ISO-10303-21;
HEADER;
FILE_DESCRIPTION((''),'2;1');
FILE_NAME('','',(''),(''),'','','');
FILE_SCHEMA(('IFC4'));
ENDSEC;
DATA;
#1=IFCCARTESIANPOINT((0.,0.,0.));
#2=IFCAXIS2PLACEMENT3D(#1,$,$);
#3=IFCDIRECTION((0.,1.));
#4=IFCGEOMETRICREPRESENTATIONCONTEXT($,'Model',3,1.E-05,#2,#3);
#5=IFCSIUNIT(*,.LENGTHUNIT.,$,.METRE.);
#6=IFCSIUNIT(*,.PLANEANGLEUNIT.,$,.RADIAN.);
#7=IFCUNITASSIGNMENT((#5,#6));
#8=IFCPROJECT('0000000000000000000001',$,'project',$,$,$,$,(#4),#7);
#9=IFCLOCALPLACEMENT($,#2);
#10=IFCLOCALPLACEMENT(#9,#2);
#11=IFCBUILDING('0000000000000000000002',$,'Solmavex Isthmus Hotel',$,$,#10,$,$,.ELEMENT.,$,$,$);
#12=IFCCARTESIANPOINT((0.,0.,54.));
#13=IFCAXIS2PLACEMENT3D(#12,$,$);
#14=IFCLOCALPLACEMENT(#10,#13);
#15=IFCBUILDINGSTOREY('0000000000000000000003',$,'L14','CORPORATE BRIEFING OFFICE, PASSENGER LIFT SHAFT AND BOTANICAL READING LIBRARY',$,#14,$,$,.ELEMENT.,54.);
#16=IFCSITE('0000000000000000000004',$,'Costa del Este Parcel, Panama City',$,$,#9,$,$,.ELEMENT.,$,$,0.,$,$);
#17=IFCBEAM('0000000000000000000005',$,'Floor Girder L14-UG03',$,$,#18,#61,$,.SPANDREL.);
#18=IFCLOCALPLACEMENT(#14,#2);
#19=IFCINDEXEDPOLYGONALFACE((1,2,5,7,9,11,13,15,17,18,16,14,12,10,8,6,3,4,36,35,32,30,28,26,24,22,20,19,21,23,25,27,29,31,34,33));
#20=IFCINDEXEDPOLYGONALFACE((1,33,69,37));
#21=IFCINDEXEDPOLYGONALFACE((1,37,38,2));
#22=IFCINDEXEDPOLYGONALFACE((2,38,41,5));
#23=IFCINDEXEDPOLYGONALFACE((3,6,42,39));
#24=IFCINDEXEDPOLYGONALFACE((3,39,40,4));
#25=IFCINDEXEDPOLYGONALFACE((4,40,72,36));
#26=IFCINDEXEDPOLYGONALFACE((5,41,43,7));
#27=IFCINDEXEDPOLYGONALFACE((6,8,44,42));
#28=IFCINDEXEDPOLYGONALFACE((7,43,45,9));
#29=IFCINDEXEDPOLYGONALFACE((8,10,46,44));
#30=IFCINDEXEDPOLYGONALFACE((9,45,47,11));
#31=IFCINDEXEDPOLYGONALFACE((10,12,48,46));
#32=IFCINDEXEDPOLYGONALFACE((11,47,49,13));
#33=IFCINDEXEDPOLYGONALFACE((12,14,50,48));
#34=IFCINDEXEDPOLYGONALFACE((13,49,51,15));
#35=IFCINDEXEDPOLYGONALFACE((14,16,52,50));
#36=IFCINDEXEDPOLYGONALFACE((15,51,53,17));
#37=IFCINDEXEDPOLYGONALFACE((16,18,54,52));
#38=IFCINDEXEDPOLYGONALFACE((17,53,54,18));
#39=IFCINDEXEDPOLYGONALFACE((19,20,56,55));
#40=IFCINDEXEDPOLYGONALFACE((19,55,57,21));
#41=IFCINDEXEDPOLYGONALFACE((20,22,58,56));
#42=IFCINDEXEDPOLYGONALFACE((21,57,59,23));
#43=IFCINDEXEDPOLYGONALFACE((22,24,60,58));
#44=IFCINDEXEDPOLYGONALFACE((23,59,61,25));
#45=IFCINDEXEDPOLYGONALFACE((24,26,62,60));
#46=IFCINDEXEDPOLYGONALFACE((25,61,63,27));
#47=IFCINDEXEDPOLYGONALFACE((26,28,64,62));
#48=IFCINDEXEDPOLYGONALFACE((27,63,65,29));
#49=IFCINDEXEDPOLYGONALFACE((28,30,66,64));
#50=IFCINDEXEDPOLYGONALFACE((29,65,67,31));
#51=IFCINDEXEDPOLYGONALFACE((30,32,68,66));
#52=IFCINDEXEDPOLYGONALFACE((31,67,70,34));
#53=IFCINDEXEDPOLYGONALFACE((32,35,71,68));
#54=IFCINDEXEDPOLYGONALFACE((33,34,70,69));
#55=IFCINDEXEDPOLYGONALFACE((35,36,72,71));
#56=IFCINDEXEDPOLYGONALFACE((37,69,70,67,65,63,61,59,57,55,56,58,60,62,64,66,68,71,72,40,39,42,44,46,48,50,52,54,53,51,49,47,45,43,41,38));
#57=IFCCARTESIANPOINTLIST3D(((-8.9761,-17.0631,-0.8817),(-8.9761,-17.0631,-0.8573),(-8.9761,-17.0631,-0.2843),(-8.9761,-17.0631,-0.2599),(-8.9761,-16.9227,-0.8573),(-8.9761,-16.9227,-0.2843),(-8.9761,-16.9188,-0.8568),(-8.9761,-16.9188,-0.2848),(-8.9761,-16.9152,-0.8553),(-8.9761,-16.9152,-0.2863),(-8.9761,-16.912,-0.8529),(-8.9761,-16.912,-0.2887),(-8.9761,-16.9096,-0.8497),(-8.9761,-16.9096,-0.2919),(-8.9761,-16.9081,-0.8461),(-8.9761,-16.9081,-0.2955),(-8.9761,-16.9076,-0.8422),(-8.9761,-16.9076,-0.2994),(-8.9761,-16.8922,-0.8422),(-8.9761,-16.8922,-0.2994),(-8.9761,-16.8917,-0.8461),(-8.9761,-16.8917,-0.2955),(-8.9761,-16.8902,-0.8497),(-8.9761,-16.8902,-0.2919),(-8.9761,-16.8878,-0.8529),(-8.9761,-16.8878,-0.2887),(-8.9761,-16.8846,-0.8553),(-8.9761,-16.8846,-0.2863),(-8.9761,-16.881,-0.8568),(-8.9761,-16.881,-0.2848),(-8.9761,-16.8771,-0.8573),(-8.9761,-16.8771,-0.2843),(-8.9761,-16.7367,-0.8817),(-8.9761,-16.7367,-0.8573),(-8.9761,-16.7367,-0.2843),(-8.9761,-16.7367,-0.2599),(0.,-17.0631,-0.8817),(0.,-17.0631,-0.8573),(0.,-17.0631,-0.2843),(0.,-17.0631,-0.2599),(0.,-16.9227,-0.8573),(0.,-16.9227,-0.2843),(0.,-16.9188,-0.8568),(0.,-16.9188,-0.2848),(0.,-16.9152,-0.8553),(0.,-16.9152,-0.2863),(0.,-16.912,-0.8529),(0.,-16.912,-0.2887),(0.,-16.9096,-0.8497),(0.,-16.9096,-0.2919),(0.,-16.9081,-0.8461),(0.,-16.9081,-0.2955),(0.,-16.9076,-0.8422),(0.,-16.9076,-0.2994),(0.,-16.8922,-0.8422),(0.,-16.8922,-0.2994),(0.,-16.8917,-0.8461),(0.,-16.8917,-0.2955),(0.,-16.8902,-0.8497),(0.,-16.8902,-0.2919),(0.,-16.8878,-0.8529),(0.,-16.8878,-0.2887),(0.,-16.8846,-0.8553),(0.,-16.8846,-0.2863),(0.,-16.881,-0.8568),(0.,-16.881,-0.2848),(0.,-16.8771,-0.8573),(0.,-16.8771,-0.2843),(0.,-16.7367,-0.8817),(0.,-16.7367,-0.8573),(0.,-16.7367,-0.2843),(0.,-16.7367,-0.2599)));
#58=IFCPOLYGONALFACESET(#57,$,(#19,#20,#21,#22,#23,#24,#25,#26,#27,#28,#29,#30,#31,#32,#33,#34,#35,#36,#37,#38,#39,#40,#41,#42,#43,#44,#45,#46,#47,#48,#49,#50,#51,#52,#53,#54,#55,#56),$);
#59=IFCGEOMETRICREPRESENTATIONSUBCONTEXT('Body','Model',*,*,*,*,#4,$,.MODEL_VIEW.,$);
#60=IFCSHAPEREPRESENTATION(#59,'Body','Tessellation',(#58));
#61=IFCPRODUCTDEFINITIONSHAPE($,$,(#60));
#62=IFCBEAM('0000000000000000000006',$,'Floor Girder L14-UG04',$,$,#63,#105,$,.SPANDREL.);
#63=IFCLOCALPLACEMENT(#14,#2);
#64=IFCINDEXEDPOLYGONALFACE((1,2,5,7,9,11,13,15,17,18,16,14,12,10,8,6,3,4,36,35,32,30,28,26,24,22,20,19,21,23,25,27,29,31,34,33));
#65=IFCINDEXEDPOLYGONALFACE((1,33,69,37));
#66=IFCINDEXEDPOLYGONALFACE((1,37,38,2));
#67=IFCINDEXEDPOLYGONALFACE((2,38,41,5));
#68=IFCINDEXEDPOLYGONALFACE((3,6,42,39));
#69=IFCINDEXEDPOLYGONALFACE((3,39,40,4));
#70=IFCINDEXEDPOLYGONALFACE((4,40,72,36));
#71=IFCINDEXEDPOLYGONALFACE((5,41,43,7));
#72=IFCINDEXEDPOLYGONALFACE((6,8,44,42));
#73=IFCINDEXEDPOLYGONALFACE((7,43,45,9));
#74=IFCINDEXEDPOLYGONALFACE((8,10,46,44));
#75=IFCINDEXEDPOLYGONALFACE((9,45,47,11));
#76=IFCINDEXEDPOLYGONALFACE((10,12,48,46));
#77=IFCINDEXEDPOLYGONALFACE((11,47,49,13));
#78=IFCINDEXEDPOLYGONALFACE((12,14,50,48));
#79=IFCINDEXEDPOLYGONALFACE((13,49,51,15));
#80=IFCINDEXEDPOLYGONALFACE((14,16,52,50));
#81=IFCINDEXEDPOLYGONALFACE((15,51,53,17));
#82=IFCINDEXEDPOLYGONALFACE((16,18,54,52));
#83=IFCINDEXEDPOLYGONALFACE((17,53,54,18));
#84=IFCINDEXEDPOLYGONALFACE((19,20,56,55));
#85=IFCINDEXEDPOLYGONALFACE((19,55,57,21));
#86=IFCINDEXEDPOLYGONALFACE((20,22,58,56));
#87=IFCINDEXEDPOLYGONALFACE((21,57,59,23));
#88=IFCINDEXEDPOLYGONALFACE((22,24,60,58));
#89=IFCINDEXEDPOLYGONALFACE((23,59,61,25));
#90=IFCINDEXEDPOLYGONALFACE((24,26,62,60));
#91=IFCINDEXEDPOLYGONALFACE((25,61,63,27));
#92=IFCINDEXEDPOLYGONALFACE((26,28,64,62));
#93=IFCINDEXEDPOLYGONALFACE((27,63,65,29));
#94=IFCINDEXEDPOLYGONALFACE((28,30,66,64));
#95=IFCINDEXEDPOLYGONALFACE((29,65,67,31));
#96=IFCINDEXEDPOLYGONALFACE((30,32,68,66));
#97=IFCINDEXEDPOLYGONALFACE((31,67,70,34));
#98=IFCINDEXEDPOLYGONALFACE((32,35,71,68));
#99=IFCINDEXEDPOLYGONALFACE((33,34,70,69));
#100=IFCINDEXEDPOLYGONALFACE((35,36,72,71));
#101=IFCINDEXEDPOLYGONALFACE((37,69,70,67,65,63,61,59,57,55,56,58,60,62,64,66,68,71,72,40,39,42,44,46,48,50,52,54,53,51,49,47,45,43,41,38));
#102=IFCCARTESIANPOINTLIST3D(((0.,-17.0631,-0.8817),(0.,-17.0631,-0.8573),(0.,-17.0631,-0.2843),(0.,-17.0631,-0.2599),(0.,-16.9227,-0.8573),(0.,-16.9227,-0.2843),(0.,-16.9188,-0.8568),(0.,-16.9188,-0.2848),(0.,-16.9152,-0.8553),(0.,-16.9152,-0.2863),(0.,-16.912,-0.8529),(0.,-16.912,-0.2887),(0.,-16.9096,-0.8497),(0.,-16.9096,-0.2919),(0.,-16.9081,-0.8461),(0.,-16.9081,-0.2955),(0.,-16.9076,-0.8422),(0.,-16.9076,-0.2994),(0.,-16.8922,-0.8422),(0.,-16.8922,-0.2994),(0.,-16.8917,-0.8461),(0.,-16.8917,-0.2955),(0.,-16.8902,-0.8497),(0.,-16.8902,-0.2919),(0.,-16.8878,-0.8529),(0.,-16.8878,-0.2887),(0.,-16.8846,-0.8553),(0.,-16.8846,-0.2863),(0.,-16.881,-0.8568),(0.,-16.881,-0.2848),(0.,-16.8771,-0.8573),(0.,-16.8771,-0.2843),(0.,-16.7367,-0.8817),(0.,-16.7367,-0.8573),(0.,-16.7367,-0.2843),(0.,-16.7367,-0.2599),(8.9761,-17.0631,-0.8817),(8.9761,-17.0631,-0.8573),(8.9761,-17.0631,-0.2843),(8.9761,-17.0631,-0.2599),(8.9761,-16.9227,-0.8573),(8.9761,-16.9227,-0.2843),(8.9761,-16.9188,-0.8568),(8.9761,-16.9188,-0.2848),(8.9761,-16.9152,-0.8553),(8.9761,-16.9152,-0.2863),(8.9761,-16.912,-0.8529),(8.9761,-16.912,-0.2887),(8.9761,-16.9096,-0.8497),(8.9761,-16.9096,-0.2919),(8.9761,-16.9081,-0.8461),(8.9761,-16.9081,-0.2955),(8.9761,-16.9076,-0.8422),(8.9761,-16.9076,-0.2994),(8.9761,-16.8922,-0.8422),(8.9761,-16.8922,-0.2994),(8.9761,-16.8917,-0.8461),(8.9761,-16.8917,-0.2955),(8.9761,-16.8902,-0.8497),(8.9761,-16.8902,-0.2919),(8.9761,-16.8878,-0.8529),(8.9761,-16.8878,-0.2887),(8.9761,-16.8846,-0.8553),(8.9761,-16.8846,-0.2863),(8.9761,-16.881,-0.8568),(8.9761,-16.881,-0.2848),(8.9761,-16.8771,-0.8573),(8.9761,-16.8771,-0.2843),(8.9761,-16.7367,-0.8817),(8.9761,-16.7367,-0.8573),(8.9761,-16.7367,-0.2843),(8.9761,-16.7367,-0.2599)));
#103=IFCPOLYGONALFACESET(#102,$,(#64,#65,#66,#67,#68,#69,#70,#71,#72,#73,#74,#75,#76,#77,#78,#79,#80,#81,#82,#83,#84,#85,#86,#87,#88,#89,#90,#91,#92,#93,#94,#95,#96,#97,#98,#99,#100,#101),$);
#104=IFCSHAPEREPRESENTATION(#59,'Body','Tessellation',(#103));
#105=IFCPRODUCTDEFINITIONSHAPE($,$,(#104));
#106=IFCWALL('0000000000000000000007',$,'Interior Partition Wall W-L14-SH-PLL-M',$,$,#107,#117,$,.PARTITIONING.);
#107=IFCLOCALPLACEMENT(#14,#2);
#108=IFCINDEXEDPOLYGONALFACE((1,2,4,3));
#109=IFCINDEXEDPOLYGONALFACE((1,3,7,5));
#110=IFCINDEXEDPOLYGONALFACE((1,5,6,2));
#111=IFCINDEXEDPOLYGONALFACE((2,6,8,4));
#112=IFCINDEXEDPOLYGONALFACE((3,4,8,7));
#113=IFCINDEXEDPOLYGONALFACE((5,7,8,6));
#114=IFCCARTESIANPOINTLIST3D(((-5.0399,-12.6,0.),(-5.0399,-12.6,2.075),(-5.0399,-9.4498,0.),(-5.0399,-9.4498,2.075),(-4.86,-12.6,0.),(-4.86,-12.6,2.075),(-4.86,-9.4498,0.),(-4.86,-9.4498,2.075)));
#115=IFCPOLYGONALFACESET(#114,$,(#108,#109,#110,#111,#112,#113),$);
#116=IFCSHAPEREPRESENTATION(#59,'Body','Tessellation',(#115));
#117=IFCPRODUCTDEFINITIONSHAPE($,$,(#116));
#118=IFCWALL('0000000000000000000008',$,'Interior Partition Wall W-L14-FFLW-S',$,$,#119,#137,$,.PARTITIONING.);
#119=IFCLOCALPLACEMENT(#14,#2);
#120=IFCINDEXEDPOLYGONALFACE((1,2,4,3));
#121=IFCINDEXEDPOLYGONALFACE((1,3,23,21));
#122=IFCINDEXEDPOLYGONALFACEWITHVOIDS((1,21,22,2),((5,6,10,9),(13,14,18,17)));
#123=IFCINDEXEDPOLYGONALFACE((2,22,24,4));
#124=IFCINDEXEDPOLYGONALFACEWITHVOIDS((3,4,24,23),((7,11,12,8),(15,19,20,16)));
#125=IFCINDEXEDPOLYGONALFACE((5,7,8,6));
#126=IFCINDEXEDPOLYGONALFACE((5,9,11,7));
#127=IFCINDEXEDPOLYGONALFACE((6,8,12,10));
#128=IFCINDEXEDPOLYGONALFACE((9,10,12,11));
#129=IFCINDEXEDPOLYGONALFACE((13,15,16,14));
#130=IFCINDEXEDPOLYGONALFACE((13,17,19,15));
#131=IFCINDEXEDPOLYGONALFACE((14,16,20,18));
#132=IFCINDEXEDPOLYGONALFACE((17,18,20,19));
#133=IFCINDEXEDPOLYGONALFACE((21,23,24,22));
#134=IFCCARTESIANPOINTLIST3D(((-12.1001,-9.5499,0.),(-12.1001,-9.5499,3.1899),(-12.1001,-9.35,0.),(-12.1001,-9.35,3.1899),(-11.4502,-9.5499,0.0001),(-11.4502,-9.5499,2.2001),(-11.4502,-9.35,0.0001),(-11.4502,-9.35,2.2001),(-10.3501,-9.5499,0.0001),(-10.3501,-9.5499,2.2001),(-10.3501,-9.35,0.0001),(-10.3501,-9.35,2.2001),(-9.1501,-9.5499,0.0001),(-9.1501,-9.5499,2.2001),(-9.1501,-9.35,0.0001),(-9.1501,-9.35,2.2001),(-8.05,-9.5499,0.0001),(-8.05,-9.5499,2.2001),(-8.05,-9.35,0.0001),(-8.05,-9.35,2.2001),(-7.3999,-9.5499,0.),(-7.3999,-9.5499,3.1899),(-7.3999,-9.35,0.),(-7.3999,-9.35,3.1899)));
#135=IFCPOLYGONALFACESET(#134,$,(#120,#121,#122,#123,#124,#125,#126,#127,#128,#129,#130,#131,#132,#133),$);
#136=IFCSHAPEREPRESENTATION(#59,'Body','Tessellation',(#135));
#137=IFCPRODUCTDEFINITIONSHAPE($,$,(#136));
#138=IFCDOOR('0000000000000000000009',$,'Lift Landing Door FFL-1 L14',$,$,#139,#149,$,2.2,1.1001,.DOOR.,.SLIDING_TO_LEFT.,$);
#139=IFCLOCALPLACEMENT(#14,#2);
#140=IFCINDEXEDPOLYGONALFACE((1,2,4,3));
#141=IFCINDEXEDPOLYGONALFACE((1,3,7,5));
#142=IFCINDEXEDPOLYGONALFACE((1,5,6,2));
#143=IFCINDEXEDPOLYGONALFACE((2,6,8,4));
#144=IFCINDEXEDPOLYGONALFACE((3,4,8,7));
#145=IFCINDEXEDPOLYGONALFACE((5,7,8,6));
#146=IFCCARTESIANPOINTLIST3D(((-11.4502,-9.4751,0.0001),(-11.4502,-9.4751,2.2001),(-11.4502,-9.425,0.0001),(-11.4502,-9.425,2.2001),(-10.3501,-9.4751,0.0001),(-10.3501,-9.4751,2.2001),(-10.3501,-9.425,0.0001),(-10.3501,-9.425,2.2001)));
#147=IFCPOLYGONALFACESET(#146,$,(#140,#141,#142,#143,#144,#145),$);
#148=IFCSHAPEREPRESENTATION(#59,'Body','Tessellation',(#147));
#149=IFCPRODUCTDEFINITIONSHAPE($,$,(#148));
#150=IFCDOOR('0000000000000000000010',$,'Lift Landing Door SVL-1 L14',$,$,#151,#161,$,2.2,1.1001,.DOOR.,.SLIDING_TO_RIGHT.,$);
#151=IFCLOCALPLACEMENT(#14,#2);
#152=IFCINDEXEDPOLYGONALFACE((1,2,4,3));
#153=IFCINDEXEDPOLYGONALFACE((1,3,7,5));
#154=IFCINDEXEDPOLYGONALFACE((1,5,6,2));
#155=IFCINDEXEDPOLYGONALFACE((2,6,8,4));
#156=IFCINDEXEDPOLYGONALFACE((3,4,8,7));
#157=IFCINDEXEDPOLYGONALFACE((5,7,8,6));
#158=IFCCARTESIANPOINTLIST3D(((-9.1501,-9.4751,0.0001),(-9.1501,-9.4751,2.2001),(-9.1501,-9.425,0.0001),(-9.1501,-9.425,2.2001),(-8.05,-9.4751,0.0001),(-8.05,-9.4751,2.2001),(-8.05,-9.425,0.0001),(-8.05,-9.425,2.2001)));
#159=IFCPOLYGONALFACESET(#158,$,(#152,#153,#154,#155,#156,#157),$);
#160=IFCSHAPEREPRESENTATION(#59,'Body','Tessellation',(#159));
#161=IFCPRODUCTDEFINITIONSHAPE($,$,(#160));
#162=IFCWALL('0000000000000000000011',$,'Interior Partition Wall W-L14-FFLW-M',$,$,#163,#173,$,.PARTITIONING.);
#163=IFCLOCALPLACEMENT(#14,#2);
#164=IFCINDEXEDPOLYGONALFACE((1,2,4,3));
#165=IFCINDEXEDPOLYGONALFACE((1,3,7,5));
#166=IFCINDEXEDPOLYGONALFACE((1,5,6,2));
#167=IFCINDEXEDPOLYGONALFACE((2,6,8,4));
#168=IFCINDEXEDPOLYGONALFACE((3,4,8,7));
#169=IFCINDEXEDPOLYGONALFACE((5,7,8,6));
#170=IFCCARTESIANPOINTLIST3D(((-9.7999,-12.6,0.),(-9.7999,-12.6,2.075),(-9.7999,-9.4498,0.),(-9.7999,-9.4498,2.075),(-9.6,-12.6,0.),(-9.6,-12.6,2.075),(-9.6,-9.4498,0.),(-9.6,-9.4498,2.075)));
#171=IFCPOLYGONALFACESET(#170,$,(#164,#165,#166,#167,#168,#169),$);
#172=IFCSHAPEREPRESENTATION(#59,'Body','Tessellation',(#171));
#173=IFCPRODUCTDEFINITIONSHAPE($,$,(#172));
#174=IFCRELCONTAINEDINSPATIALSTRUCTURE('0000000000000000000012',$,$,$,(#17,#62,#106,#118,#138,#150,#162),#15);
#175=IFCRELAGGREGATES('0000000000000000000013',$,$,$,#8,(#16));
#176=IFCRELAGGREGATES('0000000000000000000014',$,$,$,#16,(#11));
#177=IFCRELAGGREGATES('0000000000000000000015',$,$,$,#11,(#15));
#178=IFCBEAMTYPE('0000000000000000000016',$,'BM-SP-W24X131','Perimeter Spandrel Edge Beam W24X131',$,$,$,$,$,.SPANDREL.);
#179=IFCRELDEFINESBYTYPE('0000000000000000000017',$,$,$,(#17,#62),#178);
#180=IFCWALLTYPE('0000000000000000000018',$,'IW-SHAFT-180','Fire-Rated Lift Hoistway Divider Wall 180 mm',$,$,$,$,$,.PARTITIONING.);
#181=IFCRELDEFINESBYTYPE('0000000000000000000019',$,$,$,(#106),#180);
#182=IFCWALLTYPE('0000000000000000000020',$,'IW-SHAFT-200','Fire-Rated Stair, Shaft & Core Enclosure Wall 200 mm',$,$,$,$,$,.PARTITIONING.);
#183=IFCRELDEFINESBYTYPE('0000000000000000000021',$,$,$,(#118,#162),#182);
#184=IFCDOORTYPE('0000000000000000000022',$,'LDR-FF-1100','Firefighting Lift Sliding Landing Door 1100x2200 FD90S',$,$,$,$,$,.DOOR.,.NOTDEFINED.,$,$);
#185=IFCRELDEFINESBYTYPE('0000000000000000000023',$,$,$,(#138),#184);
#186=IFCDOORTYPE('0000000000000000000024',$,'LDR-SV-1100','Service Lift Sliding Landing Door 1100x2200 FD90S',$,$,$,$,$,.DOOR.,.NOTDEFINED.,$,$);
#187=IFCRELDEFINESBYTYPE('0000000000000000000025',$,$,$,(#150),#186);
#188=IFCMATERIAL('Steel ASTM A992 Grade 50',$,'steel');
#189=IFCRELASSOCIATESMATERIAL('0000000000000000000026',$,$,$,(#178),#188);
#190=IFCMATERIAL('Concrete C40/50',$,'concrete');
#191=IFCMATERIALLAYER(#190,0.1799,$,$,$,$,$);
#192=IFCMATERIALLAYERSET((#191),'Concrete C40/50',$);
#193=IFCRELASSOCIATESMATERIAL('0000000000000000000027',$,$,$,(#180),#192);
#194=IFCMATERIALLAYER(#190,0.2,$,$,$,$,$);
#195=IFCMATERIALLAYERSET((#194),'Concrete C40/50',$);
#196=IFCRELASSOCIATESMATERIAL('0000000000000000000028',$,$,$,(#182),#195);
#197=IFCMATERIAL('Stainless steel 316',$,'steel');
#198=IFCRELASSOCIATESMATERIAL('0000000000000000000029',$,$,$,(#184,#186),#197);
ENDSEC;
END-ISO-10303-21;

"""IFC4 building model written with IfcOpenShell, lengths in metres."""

from ifc_helpers import new_model, si_unit, direction, frame, frame_2d, origin, origin_2d, place, context, subcontext, project, spatial, rectangle, i_section, extrude, material, layer, layer_set, material_profile, profile_set, type_object, element, fill, save


model = new_model("IFC4")

# Units and contexts
model_context = context("Model", 3, precision=1e-05, world=origin(), true_north=direction((0.0, 1.0)))
body_context = subcontext(model_context, "Body", "Model", "MODEL_VIEW")
ifc_project = project(units=[si_unit("LENGTHUNIT", "METRE"), si_unit("PLANEANGLEUNIT", "RADIAN")], contexts=[model_context])

# Site, building, storey
site_placement = place(None, origin())
site = spatial("IfcSite", under=ifc_project, at=site_placement, Name="Costa del Este Parcel, Panama City", CompositionType="ELEMENT", RefElevation=0.0)
building_placement = place(site_placement, origin())
building = spatial("IfcBuilding", under=site, at=building_placement, Name="Solmavex Isthmus Hotel", CompositionType="ELEMENT")
storey_placement = place(building_placement, frame((0.0, 0.0, 54.0)))
storey = spatial("IfcBuildingStorey", under=building, at=storey_placement, Name="L14", Description="CORPORATE BRIEFING OFFICE, PASSENGER LIFT SHAFT AND BOTANICAL READING LIBRARY", CompositionType="ELEMENT", Elevation=54.0)

# Beams
ifc_material_1 = material(Name="Steel ASTM A992 Grade 50", Category="steel")
ifc_material_profile_1 = material_profile(ifc_material_1, i_section(OverallWidth=0.3264, OverallDepth=0.6218, WebThickness=0.0154, FlangeThickness=0.0244, FilletRadius=0.0151, at=origin_2d()), Name="W24X131")
ifc_profile_set_1 = profile_set([ifc_material_profile_1], Name="Steel ASTM A992 Grade 50")
beam_type_1 = type_object("IfcBeamType", Name="BM-SP-W24X131", Description="Perimeter Spandrel Edge Beam W24X131", PredefinedType="SPANDREL", material=ifc_profile_set_1)
for number, where, z_axis, x_axis, name in (
    (1, (-8.9761, -16.8999, -0.5708), (1.0, 0.0, 0.0), (0.0, 1.0, 0.0), "Floor Girder L14-UG03"),
    (2, (0.0, -16.8999, -0.5708), (1.0, 0.0, 0.0), (0.0, 1.0, 0.0), "Floor Girder L14-UG04"),
):
    element("IfcBeam", number, at=place(storey_placement, frame(where, z_axis=z_axis, x_axis=x_axis)), inside=storey, type_object=beam_type_1, Name=name, PredefinedType="SPANDREL", context=body_context, shape_type="SweptSolid", body=[
        extrude(i_section(OverallWidth=0.3264, OverallDepth=0.6218, WebThickness=0.0154, FlangeThickness=0.0244, FilletRadius=0.0151, at=origin_2d()), origin(), (0.0, 0.0, 1.0), 8.9761),
    ])

# Wall
ifc_material_2 = material(Name="Concrete C40/50", Category="concrete")
ifc_layer_1 = layer(ifc_material_2, 0.1799)
ifc_layer_set_1 = layer_set([ifc_layer_1], Name="Concrete C40/50")
wall_type_1 = type_object("IfcWallType", Name="IW-SHAFT-180", Description="Fire-Rated Lift Hoistway Divider Wall 180 mm", PredefinedType="PARTITIONING", material=ifc_layer_set_1)
wall_1_placement = place(storey_placement, frame((-4.95, -12.6001, 0.0), z_axis=(0.0, 0.0, 1.0), x_axis=(0.0, 1.0, 0.0)))
element("IfcWall", 3, at=wall_1_placement, inside=storey, type_object=wall_type_1, Name="Interior Partition Wall W-L14-SH-PLL-M", PredefinedType="PARTITIONING", context=body_context, shape_type="SweptSolid", body=[
    extrude(rectangle(XDim=3.1501, YDim=0.1799, at=frame_2d((1.5752, 0.0))), origin(), (0.0, 0.0, 1.0), 2.075),
])

# Wall, openings, doors
ifc_layer_2 = layer(ifc_material_2, 0.2)
ifc_layer_set_2 = layer_set([ifc_layer_2], Name="Concrete C40/50")
wall_type_2 = type_object("IfcWallType", Name="IW-SHAFT-200", Description="Fire-Rated Stair, Shaft & Core Enclosure Wall 200 mm", PredefinedType="PARTITIONING", material=ifc_layer_set_2)
wall_2_placement = place(storey_placement, frame((-12.1001, -9.45, 0.0), z_axis=(0.0, 0.0, 1.0), x_axis=(1.0, 0.0, 0.0)))
wall_2 = element("IfcWall", 4, at=wall_2_placement, inside=storey, type_object=wall_type_2, Name="Interior Partition Wall W-L14-FFLW-S", PredefinedType="PARTITIONING", context=body_context, shape_type="SweptSolid", body=[
    extrude(rectangle(XDim=4.7002, YDim=0.2, at=frame_2d((2.3501, 0.0))), origin(), (0.0, 0.0, 1.0), 3.1899),
])
opening_1_placement = place(wall_2_placement, frame((0.6499, 0.0, 0.0)))
opening_1 = element("IfcOpeningElement", 5, at=opening_1_placement, cuts=wall_2, PredefinedType="OPENING", context=body_context, shape_type="SweptSolid", body=[
    extrude(rectangle(XDim=1.1001, YDim=2.2, at=frame_2d((0.55, 1.1001))), frame((0.0, 0.1099, 0.0), z_axis=(0.0, -1.0, 0.0), x_axis=(1.0, 0.0, 0.0)), (0.0, 0.0, 1.0), 0.22),
])
opening_2_placement = place(wall_2_placement, frame((2.95, 0.0, 0.0)))
opening_2 = element("IfcOpeningElement", 6, at=opening_2_placement, cuts=wall_2, PredefinedType="OPENING", context=body_context, shape_type="SweptSolid", body=[
    extrude(rectangle(XDim=1.1001, YDim=2.2, at=frame_2d((0.55, 1.1001))), frame((0.0, 0.1099, 0.0), z_axis=(0.0, -1.0, 0.0), x_axis=(1.0, 0.0, 0.0)), (0.0, 0.0, 1.0), 0.22),
])
ifc_material_3 = material(Name="Stainless steel 316", Category="steel")
door_type_1 = type_object("IfcDoorType", Name="LDR-FF-1100", Description="Firefighting Lift Sliding Landing Door 1100x2200 FD90S", OperationType="NOTDEFINED", PredefinedType="DOOR", material=ifc_material_3)
door_1_placement = place(opening_1_placement, origin())
door_1 = element("IfcDoor", 7, at=door_1_placement, inside=storey, type_object=door_type_1, Name="Lift Landing Door FFL-1 L14", OperationType="SLIDING_TO_LEFT", OverallHeight=2.2, OverallWidth=1.1001, PredefinedType="DOOR", context=body_context, shape_type="SweptSolid", body=[
    extrude(rectangle(XDim=1.1001, YDim=2.2, at=frame_2d((0.55, 1.1001))), frame((0.0, 0.0249, 0.0), z_axis=(0.0, -1.0, 0.0), x_axis=(1.0, 0.0, 0.0)), (0.0, 0.0, 1.0), 0.05),
])
fill(opening_1, door_1)
door_type_2 = type_object("IfcDoorType", Name="LDR-SV-1100", Description="Service Lift Sliding Landing Door 1100x2200 FD90S", OperationType="NOTDEFINED", PredefinedType="DOOR", material=ifc_material_3)
door_2_placement = place(opening_2_placement, origin())
door_2 = element("IfcDoor", 8, at=door_2_placement, inside=storey, type_object=door_type_2, Name="Lift Landing Door SVL-1 L14", OperationType="SLIDING_TO_RIGHT", OverallHeight=2.2, OverallWidth=1.1001, PredefinedType="DOOR", context=body_context, shape_type="SweptSolid", body=[
    extrude(rectangle(XDim=1.1001, YDim=2.2, at=frame_2d((0.55, 1.1001))), frame((0.0, 0.0249, 0.0), z_axis=(0.0, -1.0, 0.0), x_axis=(1.0, 0.0, 0.0)), (0.0, 0.0, 1.0), 0.05),
])
fill(opening_2, door_2)

# Wall
wall_3_placement = place(storey_placement, frame((-9.7, -12.6001, 0.0), z_axis=(0.0, 0.0, 1.0), x_axis=(0.0, 1.0, 0.0)))
element("IfcWall", 9, at=wall_3_placement, inside=storey, type_object=wall_type_2, Name="Interior Partition Wall W-L14-FFLW-M", PredefinedType="PARTITIONING", context=body_context, shape_type="SweptSolid", body=[
    extrude(rectangle(XDim=3.1501, YDim=0.2, at=frame_2d((1.5752, 0.0))), origin(), (0.0, 0.0, 1.0), 2.075),
])

save(model, "model.ifc")
